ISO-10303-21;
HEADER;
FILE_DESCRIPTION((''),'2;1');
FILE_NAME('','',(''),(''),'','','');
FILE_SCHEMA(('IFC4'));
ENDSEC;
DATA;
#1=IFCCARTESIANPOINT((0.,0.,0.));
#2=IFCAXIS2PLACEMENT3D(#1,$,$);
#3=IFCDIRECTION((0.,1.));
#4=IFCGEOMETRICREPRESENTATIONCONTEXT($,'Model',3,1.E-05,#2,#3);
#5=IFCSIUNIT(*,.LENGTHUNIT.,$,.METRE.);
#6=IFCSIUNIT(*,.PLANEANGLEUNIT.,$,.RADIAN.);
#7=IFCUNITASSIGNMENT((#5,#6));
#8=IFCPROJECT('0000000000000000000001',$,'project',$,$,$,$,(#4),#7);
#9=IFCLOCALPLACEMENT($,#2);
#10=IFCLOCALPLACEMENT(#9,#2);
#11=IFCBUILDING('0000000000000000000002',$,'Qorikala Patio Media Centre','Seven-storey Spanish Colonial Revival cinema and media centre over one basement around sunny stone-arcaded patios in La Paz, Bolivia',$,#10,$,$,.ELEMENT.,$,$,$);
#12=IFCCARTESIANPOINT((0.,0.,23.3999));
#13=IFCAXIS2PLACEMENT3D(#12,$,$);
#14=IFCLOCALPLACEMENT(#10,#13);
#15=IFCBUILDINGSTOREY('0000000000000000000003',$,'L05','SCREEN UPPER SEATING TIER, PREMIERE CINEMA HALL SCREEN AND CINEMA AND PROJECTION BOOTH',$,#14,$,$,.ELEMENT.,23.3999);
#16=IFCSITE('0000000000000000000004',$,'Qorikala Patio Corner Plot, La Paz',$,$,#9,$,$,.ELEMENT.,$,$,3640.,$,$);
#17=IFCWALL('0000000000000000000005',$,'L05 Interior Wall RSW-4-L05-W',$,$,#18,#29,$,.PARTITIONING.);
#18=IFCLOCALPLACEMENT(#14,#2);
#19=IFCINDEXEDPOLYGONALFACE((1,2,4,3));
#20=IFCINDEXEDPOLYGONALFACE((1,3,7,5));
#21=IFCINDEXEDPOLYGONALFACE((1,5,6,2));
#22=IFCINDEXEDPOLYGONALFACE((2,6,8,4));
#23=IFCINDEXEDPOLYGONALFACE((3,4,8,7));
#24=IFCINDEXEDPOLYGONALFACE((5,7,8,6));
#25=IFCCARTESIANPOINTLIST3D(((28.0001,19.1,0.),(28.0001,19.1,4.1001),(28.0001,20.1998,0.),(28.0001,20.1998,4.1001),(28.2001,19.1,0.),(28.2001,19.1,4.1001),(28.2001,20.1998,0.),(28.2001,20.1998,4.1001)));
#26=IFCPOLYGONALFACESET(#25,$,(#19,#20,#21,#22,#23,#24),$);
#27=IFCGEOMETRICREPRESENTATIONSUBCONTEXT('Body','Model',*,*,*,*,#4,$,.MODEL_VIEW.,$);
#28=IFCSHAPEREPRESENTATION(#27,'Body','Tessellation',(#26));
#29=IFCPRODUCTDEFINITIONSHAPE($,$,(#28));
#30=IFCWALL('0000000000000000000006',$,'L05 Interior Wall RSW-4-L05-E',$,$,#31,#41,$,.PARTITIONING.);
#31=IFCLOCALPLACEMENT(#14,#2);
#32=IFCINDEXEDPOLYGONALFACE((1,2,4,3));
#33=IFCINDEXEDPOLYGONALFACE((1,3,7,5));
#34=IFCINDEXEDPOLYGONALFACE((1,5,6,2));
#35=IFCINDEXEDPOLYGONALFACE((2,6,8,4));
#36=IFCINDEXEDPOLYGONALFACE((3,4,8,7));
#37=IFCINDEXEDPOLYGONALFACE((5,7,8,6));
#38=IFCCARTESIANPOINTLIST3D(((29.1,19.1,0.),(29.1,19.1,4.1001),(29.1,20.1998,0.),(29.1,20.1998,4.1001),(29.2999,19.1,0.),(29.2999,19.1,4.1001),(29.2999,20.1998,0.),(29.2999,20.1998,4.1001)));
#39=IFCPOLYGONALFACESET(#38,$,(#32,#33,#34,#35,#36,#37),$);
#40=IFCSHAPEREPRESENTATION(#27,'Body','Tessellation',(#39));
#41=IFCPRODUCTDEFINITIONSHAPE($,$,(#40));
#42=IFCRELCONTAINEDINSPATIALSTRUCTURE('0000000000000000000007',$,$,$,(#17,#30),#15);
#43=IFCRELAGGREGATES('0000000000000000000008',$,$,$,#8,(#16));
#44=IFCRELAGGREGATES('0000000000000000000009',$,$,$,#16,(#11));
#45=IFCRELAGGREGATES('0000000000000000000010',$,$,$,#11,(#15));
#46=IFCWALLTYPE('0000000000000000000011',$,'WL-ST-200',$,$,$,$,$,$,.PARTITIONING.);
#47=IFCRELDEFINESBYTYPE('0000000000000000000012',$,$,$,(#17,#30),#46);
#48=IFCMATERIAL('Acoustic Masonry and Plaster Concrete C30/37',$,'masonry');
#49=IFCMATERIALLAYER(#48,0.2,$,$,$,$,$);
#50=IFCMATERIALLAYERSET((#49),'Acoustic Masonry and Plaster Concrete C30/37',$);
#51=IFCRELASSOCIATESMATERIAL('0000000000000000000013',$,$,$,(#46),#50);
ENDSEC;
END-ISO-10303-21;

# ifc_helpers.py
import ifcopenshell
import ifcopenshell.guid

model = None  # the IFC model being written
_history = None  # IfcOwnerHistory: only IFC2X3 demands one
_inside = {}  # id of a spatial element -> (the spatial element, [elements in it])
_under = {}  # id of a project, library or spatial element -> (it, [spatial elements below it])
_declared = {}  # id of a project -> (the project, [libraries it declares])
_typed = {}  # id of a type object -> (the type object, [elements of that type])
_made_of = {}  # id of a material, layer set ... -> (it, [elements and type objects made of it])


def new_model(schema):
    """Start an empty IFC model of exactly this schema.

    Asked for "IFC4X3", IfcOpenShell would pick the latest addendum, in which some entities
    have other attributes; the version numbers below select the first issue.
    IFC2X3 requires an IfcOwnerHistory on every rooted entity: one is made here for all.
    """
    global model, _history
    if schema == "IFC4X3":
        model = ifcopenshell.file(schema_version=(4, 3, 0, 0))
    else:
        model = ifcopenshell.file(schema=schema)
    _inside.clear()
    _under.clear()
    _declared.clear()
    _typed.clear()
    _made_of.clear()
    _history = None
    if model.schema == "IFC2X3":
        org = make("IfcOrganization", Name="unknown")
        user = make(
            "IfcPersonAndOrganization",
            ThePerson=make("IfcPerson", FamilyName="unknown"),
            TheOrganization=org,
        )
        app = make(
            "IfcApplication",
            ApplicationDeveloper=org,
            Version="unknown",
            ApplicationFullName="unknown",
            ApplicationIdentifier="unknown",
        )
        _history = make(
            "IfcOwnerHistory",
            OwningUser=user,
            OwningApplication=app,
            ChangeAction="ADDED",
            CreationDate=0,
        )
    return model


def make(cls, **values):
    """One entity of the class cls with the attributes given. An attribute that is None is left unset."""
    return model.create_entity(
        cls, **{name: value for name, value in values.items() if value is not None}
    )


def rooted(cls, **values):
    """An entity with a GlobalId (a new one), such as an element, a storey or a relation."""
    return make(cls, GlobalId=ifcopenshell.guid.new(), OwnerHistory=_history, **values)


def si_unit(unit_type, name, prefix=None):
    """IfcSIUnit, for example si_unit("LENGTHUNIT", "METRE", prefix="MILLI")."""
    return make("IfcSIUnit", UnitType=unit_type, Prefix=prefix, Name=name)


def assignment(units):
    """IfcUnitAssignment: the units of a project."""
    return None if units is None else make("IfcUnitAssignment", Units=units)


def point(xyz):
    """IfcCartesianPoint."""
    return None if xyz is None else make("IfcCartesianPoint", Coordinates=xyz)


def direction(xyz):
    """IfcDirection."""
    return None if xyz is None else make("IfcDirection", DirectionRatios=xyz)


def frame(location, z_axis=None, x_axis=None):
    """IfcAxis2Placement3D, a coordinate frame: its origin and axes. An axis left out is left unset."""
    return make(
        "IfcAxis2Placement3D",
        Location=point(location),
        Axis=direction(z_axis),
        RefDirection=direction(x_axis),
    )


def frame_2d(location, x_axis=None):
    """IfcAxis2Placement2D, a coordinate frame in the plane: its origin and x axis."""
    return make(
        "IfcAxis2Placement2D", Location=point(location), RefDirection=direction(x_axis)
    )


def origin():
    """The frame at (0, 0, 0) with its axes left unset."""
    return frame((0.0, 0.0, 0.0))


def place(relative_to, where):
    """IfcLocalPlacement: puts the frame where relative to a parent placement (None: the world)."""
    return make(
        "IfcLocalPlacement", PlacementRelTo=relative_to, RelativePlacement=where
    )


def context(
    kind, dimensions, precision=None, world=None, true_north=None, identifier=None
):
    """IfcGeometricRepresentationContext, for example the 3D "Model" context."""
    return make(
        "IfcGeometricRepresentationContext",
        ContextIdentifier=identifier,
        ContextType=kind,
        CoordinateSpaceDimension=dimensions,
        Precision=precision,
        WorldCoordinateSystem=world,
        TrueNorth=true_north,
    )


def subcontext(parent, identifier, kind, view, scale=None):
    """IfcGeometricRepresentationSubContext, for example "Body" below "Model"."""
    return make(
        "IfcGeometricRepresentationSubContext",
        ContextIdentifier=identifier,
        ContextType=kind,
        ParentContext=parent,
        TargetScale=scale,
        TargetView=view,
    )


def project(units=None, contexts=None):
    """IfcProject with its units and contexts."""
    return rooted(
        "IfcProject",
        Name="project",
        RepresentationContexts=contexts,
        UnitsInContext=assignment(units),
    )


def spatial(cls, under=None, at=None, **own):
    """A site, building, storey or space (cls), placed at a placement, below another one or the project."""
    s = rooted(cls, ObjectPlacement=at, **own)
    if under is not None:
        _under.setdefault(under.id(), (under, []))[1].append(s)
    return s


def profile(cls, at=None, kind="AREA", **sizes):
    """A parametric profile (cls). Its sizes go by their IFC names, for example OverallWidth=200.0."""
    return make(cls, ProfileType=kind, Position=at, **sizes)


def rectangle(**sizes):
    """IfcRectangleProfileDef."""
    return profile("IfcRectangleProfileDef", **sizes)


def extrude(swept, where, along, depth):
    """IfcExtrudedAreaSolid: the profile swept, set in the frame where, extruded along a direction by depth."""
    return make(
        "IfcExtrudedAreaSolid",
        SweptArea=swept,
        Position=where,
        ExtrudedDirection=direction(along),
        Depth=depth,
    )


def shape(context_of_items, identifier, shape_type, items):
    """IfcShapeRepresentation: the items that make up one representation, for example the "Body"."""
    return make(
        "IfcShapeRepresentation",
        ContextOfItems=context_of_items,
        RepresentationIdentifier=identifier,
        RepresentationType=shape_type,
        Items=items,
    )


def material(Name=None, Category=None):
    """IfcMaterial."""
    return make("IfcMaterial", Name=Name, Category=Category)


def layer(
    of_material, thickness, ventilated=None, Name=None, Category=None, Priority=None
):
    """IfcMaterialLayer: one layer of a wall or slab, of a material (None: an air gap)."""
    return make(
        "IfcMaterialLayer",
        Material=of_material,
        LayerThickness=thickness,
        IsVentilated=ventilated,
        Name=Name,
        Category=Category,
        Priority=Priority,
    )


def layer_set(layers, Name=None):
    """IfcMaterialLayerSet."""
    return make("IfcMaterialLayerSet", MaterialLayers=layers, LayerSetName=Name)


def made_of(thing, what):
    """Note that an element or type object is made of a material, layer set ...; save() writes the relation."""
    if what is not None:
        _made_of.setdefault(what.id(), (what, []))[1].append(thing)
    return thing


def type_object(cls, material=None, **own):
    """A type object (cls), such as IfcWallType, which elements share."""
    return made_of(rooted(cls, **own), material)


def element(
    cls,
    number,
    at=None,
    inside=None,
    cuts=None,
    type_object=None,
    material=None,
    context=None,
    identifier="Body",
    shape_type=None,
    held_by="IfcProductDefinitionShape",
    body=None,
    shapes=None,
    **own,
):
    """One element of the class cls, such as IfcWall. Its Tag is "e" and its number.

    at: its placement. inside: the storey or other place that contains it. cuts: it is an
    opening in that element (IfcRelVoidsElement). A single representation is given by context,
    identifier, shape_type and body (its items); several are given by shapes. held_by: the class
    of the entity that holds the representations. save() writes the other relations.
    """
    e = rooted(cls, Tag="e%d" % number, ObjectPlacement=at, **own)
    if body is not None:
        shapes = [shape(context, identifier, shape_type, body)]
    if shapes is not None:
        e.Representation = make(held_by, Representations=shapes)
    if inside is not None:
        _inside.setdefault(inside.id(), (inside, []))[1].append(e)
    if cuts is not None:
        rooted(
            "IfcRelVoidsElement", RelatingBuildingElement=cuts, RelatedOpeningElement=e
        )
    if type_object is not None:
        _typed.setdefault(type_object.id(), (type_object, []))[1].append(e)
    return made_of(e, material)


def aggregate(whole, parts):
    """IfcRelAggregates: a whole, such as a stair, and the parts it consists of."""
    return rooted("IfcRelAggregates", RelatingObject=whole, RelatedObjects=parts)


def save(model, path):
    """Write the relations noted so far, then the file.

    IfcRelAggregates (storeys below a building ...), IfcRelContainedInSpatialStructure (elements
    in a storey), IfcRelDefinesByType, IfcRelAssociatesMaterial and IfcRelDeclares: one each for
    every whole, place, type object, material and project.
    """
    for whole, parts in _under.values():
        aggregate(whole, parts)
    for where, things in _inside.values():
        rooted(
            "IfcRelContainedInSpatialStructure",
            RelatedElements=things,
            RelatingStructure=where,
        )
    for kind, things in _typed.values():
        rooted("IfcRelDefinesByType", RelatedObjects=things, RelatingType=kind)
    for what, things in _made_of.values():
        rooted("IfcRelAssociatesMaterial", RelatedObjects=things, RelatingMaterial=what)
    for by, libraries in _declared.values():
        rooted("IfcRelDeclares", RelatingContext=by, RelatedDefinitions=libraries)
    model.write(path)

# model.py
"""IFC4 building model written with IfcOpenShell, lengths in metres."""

from ifc_helpers import new_model, si_unit, direction, frame, frame_2d, origin, place, context, subcontext, project, spatial, rectangle, extrude, material, layer, layer_set, type_object, element, save


model = new_model("IFC4")

# Units and contexts
model_context = context("Model", 3, precision=1e-05, world=origin(), true_north=direction((0.0, 1.0)))
body_context = subcontext(model_context, "Body", "Model", "MODEL_VIEW")
ifc_project = project(units=[si_unit("LENGTHUNIT", "METRE"), si_unit("PLANEANGLEUNIT", "RADIAN")], contexts=[model_context])

# Site, building, storey
site_placement = place(None, origin())
site = spatial("IfcSite", under=ifc_project, at=site_placement, Name="Qorikala Patio Corner Plot, La Paz", CompositionType="ELEMENT", RefElevation=3640.0)
building_placement = place(site_placement, origin())
building = spatial("IfcBuilding", under=site, at=building_placement, Name="Qorikala Patio Media Centre", Description="Seven-storey Spanish Colonial Revival cinema and media centre over one basement around sunny stone-arcaded patios in La Paz, Bolivia", CompositionType="ELEMENT")
storey_placement = place(building_placement, frame((0.0, 0.0, 23.3999)))
storey = spatial("IfcBuildingStorey", under=building, at=storey_placement, Name="L05", Description="SCREEN UPPER SEATING TIER, PREMIERE CINEMA HALL SCREEN AND CINEMA AND PROJECTION BOOTH", CompositionType="ELEMENT", Elevation=23.3999)

# Walls
ifc_material_1 = material(Name="Acoustic Masonry and Plaster Concrete C30/37", Category="masonry")
ifc_layer_1 = layer(ifc_material_1, 0.2)
ifc_layer_set_1 = layer_set([ifc_layer_1], Name="Acoustic Masonry and Plaster Concrete C30/37")
wall_type_1 = type_object("IfcWallType", Name="WL-ST-200", PredefinedType="PARTITIONING", material=ifc_layer_set_1)
for number, where, z_axis, x_axis, name in (
    (1, (28.1001, 19.1001, 0.0), (0.0, 0.0, 1.0), (0.0, 1.0, 0.0), "L05 Interior Wall RSW-4-L05-W"),
    (2, (29.2, 19.1001, 0.0), (0.0, 0.0, 1.0), (0.0, 1.0, 0.0), "L05 Interior Wall RSW-4-L05-E"),
):
    element("IfcWall", number, at=place(storey_placement, frame(where, z_axis=z_axis, x_axis=x_axis)), inside=storey, type_object=wall_type_1, Name=name, PredefinedType="PARTITIONING", context=body_context, shape_type="SweptSolid", body=[
        extrude(rectangle(XDim=1.0999, YDim=0.2, at=frame_2d((0.5498, 0.0))), origin(), (0.0, 0.0, 1.0), 4.1001),
    ])

save(model, "model.ifc")
